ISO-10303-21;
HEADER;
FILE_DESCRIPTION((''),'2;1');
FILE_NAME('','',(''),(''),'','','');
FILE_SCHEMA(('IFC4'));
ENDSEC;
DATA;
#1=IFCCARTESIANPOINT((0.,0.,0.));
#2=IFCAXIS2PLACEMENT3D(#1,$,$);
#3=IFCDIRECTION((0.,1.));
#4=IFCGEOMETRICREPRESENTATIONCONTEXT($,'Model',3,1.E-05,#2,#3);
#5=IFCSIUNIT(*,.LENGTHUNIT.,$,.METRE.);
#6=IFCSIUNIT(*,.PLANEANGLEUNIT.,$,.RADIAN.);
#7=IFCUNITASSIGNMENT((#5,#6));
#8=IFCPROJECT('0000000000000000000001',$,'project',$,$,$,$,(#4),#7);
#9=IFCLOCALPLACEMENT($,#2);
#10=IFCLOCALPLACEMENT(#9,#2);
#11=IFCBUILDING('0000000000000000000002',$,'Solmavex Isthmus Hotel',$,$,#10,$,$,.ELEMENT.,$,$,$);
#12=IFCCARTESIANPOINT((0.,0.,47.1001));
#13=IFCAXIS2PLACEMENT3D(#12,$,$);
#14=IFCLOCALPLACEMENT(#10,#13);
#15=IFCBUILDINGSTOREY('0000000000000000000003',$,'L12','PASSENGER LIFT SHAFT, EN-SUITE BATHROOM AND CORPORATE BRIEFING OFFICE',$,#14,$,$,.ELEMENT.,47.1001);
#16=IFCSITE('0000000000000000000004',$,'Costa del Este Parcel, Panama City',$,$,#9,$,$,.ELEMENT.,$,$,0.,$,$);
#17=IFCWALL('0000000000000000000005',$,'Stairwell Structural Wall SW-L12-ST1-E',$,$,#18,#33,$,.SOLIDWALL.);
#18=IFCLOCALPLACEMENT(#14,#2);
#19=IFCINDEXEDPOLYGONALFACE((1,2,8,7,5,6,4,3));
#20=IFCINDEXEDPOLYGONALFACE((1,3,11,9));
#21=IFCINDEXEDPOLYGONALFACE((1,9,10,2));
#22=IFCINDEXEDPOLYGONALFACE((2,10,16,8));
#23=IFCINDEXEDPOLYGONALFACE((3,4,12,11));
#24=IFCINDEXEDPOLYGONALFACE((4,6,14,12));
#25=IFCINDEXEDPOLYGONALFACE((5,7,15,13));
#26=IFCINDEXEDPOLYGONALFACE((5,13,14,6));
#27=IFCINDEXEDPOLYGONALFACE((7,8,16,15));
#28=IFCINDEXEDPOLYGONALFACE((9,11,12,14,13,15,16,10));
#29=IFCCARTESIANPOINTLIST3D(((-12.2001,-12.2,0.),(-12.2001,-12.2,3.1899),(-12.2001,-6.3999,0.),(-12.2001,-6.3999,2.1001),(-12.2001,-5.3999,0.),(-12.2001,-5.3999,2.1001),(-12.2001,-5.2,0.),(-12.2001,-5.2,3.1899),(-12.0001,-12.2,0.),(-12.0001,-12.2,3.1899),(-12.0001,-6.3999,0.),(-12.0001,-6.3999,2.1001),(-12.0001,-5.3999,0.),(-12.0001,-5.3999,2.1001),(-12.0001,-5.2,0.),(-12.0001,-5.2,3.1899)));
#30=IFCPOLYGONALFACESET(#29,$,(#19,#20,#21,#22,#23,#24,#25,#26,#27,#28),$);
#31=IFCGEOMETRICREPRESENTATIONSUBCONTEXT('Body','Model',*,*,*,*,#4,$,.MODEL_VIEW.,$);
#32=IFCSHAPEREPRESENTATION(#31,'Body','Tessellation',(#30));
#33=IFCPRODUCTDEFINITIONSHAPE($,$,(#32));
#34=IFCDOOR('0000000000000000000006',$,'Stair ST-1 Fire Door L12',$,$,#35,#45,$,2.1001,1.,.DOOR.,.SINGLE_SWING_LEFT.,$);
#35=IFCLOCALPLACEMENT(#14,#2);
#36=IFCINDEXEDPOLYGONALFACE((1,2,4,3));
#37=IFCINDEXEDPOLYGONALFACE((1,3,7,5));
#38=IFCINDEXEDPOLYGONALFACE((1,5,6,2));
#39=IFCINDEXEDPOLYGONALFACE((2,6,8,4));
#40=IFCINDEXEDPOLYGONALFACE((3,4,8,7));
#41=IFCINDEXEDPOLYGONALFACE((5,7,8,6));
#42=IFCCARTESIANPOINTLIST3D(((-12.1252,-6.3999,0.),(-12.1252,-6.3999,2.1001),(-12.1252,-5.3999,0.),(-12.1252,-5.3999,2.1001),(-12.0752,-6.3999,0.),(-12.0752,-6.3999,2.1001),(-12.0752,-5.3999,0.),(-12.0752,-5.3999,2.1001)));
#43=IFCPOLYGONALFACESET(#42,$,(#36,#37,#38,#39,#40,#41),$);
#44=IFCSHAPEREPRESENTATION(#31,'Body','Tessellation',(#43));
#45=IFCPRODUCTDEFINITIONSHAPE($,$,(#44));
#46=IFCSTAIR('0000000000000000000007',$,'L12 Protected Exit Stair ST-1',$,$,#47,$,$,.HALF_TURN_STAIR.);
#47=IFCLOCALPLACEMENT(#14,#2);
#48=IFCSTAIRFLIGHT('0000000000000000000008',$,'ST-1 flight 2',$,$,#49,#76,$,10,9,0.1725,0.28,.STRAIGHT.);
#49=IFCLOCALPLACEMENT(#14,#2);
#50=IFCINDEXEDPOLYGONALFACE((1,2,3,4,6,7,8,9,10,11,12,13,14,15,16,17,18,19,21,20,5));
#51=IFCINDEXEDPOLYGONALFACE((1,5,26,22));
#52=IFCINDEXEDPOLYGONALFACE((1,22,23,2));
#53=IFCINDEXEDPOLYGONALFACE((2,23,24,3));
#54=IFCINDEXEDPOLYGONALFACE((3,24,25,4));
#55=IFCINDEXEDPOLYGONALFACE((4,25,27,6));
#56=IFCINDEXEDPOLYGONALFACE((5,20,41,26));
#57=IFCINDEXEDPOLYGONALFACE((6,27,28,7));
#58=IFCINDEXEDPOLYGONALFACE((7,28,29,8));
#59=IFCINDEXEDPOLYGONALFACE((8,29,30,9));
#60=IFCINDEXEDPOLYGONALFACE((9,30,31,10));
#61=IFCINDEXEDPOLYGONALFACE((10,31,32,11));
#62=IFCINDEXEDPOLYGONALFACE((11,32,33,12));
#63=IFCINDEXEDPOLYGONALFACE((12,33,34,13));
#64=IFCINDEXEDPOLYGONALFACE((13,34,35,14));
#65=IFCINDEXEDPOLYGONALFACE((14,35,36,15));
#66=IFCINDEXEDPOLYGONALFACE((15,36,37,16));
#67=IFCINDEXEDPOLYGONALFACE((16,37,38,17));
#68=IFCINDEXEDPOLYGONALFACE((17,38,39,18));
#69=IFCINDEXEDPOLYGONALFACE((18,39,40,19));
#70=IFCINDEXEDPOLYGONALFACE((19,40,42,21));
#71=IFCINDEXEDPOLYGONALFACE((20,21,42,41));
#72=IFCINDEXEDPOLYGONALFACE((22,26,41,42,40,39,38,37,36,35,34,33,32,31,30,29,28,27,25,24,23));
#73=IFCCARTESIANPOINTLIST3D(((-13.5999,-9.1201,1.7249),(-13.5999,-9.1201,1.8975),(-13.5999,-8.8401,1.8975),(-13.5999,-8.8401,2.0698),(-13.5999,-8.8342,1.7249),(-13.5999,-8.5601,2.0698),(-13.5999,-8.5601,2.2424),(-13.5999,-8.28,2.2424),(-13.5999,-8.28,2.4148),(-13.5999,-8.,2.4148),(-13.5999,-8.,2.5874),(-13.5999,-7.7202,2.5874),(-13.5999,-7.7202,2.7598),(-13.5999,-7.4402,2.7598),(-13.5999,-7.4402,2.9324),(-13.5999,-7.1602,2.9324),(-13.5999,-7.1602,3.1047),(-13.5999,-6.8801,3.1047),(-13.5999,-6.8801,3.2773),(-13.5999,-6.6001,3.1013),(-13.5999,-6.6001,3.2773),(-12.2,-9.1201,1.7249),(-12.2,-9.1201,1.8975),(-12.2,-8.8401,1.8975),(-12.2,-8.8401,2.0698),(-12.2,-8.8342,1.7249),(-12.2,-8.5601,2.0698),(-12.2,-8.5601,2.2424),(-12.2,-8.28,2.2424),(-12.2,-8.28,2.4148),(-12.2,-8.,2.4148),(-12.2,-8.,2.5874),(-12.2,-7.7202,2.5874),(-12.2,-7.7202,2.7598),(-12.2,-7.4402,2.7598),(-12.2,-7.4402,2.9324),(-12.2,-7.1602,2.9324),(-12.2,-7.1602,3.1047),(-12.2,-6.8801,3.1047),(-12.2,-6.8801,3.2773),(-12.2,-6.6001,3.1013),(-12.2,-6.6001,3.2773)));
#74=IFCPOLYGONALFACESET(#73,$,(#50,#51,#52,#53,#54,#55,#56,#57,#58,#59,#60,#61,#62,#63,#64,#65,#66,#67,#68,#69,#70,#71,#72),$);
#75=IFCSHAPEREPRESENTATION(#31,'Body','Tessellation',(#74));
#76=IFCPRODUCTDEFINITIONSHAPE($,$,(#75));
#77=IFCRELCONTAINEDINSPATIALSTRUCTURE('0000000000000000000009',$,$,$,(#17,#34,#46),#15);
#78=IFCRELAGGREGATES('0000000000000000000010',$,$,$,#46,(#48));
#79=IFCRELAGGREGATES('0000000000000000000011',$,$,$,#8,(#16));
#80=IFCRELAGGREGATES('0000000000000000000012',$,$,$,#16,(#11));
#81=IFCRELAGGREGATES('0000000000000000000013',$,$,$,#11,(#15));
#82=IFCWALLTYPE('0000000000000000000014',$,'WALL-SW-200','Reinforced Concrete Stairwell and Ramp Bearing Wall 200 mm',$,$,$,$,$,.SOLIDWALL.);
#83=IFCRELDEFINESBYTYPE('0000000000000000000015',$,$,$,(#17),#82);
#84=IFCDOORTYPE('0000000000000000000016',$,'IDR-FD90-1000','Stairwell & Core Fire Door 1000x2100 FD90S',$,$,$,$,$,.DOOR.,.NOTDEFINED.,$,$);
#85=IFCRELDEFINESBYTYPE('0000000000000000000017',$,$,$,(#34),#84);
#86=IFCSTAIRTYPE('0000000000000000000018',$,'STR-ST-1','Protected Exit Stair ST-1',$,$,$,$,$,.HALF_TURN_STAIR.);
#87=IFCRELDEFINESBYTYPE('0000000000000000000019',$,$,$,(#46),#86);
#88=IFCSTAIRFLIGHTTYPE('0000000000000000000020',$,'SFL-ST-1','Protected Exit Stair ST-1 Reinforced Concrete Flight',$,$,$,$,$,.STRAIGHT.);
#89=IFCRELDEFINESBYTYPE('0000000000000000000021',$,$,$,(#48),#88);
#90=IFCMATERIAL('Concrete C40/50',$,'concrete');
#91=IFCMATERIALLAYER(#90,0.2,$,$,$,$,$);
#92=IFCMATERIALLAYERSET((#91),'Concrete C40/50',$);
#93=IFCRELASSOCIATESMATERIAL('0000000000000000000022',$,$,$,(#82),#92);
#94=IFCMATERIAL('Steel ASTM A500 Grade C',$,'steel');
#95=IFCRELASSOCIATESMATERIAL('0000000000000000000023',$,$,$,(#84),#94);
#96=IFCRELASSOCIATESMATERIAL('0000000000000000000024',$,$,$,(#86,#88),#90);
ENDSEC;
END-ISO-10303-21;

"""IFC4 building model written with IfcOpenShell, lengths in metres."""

from ifc_helpers import new_model, si_unit, direction, frame, frame_2d, origin, place, context, subcontext, project, spatial, polyline, rectangle, outline, extrude, material, layer, layer_set, type_object, element, fill, aggregate, save


model = new_model("IFC4")

# Units and contexts
model_context = context("Model", 3, precision=1e-05, world=origin(), true_north=direction((0.0, 1.0)))
body_context = subcontext(model_context, "Body", "Model", "MODEL_VIEW")
ifc_project = project(units=[si_unit("LENGTHUNIT", "METRE"), si_unit("PLANEANGLEUNIT", "RADIAN")], contexts=[model_context])

# Site, building, storey
site_placement = place(None, origin())
site = spatial("IfcSite", under=ifc_project, at=site_placement, Name="Costa del Este Parcel, Panama City", CompositionType="ELEMENT", RefElevation=0.0)
building_placement = place(site_placement, origin())
building = spatial("IfcBuilding", under=site, at=building_placement, Name="Solmavex Isthmus Hotel", CompositionType="ELEMENT")
storey_placement = place(building_placement, frame((0.0, 0.0, 47.1001)))
storey = spatial("IfcBuildingStorey", under=building, at=storey_placement, Name="L12", Description="PASSENGER LIFT SHAFT, EN-SUITE BATHROOM AND CORPORATE BRIEFING OFFICE", CompositionType="ELEMENT", Elevation=47.1001)

# Shared definitions
ifc_material_1 = material(Name="Concrete C40/50", Category="concrete")
ifc_material_2 = material(Name="Steel ASTM A500 Grade C", Category="steel")

# Wall, opening, door
ifc_layer_1 = layer(ifc_material_1, 0.2)
ifc_layer_set_1 = layer_set([ifc_layer_1], Name="Concrete C40/50")
wall_type_1 = type_object("IfcWallType", Name="WALL-SW-200", Description="Reinforced Concrete Stairwell and Ramp Bearing Wall 200 mm", PredefinedType="SOLIDWALL", material=ifc_layer_set_1)
wall_1_placement = place(storey_placement, frame((-12.1001, -12.2, 0.0), z_axis=(0.0, 0.0, 1.0), x_axis=(0.0, 1.0, 0.0)))
wall_1 = element("IfcWall", 1, at=wall_1_placement, inside=storey, type_object=wall_type_1, Name="Stairwell Structural Wall SW-L12-ST1-E", PredefinedType="SOLIDWALL", context=body_context, shape_type="SweptSolid", body=[
    extrude(rectangle(XDim=7.0, YDim=0.2, at=frame_2d((3.5, 0.0))), origin(), (0.0, 0.0, 1.0), 3.1899),
])
opening_1_placement = place(wall_1_placement, frame((5.8, 0.0, 0.0)))
opening_1 = element("IfcOpeningElement", 2, at=opening_1_placement, cuts=wall_1, PredefinedType="OPENING", context=body_context, shape_type="SweptSolid", body=[
    extrude(rectangle(XDim=1.0, YDim=2.1001, at=frame_2d((0.5, 1.05))), frame((0.0, 0.1099, 0.0), z_axis=(0.0, -1.0, 0.0), x_axis=(1.0, 0.0, 0.0)), (0.0, 0.0, 1.0), 0.22),
])
door_type_1 = type_object("IfcDoorType", Name="IDR-FD90-1000", Description="Stairwell & Core Fire Door 1000x2100 FD90S", OperationType="NOTDEFINED", PredefinedType="DOOR", material=ifc_material_2)
door_1_placement = place(opening_1_placement, frame((1.0, 0.0, 0.0), z_axis=(0.0, 0.0, 1.0), x_axis=(-1.0, 0.0, 0.0)))
door_1 = element("IfcDoor", 3, at=door_1_placement, inside=storey, type_object=door_type_1, Name="Stair ST-1 Fire Door L12", OperationType="SINGLE_SWING_LEFT", OverallHeight=2.1001, OverallWidth=1.0, PredefinedType="DOOR", context=body_context, shape_type="SweptSolid", body=[
    extrude(rectangle(XDim=1.0, YDim=2.1001, at=frame_2d((0.5, 1.05))), frame((0.0, 0.0249, 0.0), z_axis=(0.0, -1.0, 0.0), x_axis=(1.0, 0.0, 0.0)), (0.0, 0.0, 1.0), 0.05),
])
fill(opening_1, door_1)

# Stair, stair flight
stair_type = type_object("IfcStairType", Name="STR-ST-1", Description="Protected Exit Stair ST-1", PredefinedType="HALF_TURN_STAIR", material=ifc_material_1)
stair_placement = place(storey_placement, origin())
stair = element("IfcStair", 4, at=stair_placement, inside=storey, type_object=stair_type, Name="L12 Protected Exit Stair ST-1", PredefinedType="HALF_TURN_STAIR")
stair_flight_type = type_object("IfcStairFlightType", Name="SFL-ST-1", Description="Protected Exit Stair ST-1 Reinforced Concrete Flight", PredefinedType="STRAIGHT", material=ifc_material_1)
stair_flight_placement = place(storey_placement, frame((-12.8999, -9.1201, 1.7249), z_axis=(0.0, 0.0, 1.0), x_axis=(0.0, 1.0, 0.0)))
stair_flight = element("IfcStairFlight", 5, at=stair_flight_placement, type_object=stair_flight_type, Name="ST-1 flight 2", NumberOfRisers=10, NumberOfTreads=9, PredefinedType="STRAIGHT", RiserHeight=0.1725, TreadLength=0.28, context=body_context, shape_type="SweptSolid", body=[
    extrude(outline(polyline([(0.0, 0.0), (0.0, 0.1726), (0.28, 0.1726), (0.28, 0.345), (0.5601, 0.345), (0.5601, 0.5176), (0.8401, 0.5176), (0.8401, 0.6899), (1.1201, 0.6899), (1.1201, 0.8625), (1.3999, 0.8625), (1.3999, 1.0349), (1.6799, 1.0349), (1.6799, 1.2075), (1.96, 1.2075), (1.96, 1.3799), (2.24, 1.3799), (2.24, 1.5525), (2.52, 1.5525), (2.52, 1.7251), (2.52, 1.3765), (0.2859, 0.0), (0.0, 0.0)])), frame((0.0, 0.7, 0.0), z_axis=(0.0, -1.0, 0.0), x_axis=(1.0, 0.0, 0.0)), (0.0, 0.0, 1.0), 1.3999),
])
aggregate(stair, [stair_flight])

save(model, "model.ifc")
